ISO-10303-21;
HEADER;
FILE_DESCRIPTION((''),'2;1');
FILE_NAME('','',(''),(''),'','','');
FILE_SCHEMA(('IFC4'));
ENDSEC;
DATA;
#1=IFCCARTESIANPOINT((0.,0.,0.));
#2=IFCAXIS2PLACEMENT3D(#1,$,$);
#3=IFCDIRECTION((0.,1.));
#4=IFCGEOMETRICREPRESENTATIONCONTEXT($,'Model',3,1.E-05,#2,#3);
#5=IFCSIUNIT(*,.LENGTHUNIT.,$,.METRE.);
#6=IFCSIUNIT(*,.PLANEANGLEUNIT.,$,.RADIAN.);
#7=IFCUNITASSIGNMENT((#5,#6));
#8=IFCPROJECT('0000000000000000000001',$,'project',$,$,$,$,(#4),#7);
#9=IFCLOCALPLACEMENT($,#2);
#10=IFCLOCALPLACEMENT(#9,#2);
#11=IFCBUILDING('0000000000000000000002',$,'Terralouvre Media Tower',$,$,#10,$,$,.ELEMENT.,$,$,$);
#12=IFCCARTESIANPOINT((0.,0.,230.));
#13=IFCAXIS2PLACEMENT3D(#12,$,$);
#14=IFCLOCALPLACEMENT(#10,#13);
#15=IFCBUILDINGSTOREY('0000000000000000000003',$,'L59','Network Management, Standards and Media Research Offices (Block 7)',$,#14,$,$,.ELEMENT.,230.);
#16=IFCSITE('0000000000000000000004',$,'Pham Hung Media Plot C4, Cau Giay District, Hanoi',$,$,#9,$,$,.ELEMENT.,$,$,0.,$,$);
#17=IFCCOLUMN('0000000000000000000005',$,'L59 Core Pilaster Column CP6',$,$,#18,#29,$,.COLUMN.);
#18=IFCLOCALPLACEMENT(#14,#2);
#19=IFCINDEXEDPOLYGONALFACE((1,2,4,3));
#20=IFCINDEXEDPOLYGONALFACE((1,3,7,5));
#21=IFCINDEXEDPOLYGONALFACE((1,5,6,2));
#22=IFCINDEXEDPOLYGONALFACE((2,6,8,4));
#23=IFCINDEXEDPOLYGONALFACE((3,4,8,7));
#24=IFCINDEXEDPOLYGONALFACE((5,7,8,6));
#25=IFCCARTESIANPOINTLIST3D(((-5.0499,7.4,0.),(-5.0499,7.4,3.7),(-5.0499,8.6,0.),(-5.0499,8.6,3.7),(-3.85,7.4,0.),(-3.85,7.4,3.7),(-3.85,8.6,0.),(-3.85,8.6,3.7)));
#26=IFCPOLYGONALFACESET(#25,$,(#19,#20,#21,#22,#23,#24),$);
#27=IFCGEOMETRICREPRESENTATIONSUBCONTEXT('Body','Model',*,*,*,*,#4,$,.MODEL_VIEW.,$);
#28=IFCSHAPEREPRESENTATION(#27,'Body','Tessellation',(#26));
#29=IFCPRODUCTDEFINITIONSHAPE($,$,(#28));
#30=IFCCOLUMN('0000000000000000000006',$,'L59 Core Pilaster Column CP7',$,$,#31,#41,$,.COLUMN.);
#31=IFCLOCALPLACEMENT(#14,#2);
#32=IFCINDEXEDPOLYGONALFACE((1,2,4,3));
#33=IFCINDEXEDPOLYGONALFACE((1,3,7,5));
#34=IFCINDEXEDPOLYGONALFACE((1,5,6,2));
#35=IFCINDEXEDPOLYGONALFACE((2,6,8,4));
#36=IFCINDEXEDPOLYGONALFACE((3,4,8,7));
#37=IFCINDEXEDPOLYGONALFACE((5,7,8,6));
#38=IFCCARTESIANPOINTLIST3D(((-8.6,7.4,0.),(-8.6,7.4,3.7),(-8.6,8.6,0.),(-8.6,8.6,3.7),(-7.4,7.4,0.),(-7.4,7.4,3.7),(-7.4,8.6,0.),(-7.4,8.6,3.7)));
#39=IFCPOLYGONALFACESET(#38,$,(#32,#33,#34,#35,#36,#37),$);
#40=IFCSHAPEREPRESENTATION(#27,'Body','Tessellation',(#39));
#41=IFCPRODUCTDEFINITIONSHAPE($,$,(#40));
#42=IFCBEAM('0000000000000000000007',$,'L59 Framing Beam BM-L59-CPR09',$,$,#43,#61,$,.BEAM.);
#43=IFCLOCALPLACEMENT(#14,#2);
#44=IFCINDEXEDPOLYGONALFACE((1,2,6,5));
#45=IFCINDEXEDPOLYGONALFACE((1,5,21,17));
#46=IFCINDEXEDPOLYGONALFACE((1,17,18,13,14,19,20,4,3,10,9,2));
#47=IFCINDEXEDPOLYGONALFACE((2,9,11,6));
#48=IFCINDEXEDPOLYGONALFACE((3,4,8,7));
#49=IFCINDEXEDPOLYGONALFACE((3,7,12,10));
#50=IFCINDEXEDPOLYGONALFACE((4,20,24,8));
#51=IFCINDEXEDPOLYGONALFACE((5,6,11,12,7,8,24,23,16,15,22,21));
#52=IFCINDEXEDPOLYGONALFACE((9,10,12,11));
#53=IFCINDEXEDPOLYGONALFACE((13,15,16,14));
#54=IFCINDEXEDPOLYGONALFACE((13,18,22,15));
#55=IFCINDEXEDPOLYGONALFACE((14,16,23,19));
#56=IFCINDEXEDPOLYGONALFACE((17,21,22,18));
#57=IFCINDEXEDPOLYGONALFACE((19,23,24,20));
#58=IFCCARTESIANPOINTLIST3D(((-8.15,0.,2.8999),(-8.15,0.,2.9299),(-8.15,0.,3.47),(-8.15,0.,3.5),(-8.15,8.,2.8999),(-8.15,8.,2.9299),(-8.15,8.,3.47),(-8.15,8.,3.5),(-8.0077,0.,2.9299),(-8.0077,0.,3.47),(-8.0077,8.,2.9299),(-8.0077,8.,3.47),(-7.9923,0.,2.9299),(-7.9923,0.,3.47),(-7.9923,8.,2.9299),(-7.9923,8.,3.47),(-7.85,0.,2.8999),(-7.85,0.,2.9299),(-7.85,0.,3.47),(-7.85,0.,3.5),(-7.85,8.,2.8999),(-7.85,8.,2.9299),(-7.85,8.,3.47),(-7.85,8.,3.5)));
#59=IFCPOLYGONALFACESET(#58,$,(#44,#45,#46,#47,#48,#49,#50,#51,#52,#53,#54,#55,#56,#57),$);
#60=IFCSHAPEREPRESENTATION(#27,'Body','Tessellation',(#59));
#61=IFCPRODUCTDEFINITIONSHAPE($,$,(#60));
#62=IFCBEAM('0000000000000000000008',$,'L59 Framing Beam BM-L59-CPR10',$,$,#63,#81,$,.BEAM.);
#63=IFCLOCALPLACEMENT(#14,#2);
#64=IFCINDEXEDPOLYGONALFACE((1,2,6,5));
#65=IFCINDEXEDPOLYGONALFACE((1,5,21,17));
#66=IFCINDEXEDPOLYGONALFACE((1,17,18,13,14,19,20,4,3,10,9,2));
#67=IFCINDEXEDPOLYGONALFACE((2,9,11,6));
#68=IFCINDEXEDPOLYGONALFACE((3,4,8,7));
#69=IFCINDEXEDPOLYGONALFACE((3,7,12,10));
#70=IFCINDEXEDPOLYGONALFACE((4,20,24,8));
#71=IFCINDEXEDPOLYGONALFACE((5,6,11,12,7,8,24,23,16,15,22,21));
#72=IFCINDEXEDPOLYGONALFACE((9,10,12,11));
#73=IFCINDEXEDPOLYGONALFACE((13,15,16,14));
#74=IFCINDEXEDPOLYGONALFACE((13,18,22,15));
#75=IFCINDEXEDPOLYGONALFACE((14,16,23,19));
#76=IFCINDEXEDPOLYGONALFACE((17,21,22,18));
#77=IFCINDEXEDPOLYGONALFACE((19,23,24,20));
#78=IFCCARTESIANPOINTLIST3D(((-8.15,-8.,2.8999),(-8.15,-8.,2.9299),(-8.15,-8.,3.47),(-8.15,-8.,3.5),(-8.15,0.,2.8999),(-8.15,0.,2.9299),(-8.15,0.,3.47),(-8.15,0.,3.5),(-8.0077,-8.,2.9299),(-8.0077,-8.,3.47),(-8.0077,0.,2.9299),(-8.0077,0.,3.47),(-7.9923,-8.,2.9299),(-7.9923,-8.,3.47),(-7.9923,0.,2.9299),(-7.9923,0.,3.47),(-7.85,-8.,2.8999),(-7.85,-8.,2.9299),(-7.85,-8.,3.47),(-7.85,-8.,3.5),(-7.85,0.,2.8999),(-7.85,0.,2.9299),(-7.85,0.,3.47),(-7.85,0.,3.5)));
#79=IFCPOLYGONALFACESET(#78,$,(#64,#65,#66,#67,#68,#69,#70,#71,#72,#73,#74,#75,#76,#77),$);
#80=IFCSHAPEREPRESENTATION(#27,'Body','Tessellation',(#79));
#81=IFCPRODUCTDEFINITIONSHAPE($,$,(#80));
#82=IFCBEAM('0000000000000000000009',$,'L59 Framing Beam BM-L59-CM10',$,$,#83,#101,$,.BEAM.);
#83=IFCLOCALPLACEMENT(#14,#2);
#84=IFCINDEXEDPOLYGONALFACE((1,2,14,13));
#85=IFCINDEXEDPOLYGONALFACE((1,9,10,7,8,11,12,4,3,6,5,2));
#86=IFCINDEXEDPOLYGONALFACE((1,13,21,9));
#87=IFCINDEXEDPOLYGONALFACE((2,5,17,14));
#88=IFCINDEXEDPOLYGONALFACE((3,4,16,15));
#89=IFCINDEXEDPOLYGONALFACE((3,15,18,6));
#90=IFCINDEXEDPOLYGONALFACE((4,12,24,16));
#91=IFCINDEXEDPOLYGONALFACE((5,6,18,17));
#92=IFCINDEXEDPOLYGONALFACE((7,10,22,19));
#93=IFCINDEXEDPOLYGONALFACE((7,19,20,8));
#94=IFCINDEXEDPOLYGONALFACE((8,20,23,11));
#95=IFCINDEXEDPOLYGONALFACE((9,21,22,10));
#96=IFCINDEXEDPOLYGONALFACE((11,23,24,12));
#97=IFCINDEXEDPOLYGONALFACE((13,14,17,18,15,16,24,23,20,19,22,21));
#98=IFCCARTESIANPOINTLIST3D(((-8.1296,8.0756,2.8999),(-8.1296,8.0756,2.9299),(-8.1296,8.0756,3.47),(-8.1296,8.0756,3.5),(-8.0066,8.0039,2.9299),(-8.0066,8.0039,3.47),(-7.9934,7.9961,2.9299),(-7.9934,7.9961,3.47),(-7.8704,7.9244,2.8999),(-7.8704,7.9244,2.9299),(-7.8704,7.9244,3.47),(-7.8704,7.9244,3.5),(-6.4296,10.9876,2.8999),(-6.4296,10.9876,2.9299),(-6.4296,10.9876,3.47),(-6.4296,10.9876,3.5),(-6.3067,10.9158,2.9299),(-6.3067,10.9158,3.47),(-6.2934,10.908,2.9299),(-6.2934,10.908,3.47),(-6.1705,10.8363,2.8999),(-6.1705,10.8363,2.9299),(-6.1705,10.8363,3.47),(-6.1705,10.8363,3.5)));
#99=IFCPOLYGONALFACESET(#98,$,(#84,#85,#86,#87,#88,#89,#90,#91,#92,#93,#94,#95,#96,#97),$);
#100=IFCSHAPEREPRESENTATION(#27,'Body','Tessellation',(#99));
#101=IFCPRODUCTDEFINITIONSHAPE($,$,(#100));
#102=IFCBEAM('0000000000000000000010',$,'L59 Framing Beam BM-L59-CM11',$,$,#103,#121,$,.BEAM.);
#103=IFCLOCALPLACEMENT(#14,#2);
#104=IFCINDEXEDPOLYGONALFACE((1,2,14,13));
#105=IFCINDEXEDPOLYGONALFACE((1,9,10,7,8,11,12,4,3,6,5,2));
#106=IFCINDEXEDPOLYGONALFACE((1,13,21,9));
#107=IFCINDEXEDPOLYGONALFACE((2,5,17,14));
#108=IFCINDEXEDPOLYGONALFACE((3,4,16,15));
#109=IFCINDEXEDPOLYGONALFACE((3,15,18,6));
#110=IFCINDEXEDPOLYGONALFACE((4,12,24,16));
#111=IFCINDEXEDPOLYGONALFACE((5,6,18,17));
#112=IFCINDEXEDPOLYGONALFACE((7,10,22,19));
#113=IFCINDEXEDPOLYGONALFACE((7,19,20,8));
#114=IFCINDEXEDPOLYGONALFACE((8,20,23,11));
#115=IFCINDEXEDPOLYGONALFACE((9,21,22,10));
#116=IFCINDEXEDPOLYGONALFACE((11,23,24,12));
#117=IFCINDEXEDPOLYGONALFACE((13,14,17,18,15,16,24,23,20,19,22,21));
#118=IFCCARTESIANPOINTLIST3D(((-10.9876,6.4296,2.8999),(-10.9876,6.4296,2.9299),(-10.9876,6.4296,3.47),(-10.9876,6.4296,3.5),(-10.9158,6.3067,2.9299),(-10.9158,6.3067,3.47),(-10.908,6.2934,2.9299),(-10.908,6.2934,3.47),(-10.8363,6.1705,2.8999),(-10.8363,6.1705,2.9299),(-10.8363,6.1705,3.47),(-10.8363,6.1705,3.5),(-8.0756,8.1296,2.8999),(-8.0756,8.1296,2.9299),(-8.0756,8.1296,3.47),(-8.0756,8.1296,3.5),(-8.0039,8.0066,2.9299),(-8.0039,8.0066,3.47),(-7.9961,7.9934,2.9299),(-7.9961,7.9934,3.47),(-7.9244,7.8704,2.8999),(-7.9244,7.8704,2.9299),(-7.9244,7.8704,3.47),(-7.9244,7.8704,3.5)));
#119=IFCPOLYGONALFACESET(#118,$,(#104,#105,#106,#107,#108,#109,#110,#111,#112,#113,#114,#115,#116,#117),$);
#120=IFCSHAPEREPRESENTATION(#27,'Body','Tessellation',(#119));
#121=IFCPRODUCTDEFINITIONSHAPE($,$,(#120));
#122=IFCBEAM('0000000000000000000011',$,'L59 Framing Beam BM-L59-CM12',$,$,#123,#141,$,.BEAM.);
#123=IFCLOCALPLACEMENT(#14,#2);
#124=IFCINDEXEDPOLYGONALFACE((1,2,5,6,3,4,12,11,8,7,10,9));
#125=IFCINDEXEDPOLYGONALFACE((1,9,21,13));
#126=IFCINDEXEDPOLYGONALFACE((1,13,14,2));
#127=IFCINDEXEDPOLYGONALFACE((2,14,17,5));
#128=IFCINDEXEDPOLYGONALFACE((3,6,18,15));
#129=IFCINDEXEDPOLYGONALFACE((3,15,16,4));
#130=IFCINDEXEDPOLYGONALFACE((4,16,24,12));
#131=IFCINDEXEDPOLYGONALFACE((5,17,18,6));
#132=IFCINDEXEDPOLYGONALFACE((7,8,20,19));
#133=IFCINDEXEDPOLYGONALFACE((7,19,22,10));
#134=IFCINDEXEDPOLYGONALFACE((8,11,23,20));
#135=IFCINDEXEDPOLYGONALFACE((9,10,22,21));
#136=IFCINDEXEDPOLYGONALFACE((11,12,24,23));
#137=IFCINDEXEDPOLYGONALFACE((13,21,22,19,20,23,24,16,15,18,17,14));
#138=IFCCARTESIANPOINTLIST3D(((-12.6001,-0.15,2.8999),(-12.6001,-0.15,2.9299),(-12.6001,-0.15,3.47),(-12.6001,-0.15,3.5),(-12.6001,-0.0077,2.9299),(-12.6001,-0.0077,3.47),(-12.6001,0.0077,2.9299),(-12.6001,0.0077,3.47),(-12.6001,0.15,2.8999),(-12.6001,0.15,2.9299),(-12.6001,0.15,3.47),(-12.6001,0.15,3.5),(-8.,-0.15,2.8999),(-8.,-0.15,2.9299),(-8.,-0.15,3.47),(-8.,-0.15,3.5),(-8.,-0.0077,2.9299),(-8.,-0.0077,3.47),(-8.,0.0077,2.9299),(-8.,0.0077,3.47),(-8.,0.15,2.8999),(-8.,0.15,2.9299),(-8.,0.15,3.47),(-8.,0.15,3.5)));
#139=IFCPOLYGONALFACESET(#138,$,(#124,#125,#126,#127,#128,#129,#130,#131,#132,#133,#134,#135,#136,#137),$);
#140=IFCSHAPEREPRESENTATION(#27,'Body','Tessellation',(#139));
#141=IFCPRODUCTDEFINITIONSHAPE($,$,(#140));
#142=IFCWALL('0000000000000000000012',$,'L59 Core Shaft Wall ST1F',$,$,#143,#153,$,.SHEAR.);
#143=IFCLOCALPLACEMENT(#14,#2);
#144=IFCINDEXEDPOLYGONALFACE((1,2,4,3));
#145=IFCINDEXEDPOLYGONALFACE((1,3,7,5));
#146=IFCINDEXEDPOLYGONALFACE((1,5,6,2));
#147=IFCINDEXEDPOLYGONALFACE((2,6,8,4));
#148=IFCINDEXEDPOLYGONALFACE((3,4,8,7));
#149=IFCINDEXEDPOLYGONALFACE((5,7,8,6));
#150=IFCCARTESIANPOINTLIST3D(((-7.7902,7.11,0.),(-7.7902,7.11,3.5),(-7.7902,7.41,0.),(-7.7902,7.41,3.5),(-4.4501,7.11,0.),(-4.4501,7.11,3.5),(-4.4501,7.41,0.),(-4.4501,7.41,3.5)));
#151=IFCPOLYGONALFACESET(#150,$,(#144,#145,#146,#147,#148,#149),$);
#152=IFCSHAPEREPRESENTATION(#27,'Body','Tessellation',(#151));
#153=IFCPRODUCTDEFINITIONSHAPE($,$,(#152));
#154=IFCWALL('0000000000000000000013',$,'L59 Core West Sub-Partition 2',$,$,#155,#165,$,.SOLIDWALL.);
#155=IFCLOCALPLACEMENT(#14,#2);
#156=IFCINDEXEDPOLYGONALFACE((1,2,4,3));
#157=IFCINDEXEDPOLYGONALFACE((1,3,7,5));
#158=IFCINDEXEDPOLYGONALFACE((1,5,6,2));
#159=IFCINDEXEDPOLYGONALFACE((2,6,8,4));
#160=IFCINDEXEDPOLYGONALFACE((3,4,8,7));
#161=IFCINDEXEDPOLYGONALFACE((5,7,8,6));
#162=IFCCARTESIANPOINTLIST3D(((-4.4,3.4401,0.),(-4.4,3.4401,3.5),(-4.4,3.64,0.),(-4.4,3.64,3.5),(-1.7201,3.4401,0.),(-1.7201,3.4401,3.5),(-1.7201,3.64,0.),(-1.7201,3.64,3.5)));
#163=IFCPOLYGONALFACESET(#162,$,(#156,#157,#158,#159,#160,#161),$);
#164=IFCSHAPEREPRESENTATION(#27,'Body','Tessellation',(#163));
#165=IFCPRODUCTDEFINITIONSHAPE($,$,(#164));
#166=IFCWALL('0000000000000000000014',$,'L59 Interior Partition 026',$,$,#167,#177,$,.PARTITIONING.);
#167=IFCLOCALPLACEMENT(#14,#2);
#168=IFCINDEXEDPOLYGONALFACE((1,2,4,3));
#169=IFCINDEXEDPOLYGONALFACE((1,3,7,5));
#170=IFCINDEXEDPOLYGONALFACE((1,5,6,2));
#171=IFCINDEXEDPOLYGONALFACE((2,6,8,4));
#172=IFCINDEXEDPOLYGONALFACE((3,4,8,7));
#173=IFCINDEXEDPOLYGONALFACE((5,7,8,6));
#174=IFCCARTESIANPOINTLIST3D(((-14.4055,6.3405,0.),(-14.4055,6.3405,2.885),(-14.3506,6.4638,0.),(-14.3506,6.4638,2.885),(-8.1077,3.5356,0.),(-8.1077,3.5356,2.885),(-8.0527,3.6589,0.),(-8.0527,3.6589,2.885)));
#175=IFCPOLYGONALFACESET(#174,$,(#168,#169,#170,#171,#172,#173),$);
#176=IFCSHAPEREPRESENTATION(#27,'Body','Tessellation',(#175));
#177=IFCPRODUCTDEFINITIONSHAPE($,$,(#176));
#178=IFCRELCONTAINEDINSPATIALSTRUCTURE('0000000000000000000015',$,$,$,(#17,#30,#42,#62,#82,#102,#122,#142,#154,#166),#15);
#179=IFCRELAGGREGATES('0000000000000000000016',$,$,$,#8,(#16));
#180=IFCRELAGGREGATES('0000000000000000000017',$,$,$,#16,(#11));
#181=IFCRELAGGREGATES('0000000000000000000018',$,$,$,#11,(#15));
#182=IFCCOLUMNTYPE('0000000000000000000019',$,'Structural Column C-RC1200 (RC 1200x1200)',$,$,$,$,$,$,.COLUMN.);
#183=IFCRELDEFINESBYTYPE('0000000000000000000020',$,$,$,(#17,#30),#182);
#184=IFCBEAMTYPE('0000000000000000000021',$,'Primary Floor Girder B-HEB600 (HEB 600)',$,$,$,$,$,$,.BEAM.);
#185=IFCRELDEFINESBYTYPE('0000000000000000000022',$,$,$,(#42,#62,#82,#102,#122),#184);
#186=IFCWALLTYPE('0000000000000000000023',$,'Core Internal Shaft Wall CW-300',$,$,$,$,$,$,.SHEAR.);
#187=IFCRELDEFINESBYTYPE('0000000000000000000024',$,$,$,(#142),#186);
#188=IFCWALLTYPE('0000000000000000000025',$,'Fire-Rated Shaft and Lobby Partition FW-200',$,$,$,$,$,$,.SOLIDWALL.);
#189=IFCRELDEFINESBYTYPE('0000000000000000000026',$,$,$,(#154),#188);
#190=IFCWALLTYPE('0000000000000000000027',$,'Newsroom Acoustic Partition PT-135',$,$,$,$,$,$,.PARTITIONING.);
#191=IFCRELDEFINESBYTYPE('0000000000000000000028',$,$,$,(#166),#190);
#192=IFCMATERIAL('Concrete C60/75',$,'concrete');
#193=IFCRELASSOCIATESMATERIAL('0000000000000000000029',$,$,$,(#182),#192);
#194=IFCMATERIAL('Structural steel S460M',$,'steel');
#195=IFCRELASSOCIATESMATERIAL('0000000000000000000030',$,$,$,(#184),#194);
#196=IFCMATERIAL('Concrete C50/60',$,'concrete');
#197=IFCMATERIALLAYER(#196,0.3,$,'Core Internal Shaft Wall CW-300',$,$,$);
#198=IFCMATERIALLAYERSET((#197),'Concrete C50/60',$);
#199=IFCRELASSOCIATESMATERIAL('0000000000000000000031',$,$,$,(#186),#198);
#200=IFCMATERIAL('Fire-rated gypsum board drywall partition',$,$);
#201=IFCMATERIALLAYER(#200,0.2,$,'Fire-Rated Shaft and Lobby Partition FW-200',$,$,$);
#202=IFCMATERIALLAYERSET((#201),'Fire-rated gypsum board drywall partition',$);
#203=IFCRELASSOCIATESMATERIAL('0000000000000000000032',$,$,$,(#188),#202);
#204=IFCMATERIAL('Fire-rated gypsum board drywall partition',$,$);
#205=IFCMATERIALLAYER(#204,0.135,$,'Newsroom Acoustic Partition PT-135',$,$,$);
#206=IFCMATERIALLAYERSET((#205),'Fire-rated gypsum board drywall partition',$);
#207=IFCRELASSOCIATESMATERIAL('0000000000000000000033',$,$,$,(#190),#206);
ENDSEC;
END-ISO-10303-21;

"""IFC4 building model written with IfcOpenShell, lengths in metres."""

from ifc_helpers import new_model, si_unit, direction, frame, frame_2d, origin, origin_2d, place, context, subcontext, project, spatial, rectangle, i_section, extrude, material, layer, layer_set, material_profile, profile_set, type_object, element, save


model = new_model("IFC4")

# Units and contexts
model_context = context("Model", 3, precision=1e-05, world=origin(), true_north=direction((0.0, 1.0)))
body_context = subcontext(model_context, "Body", "Model", "MODEL_VIEW")
ifc_project = project(units=[si_unit("LENGTHUNIT", "METRE"), si_unit("PLANEANGLEUNIT", "RADIAN")], contexts=[model_context])

# Site, building, storey
site_placement = place(None, origin())
site = spatial("IfcSite", under=ifc_project, at=site_placement, Name="Pham Hung Media Plot C4, Cau Giay District, Hanoi", CompositionType="ELEMENT", RefElevation=0.0)
building_placement = place(site_placement, origin())
building = spatial("IfcBuilding", under=site, at=building_placement, Name="Terralouvre Media Tower", CompositionType="ELEMENT")
storey_placement = place(building_placement, frame((0.0, 0.0, 230.0)))
storey = spatial("IfcBuildingStorey", under=building, at=storey_placement, Name="L59", Description="Network Management, Standards and Media Research Offices (Block 7)", CompositionType="ELEMENT", Elevation=230.0)

# Columns
ifc_material_1 = material(Name="Concrete C60/75", Category="concrete")
ifc_material_profile_1 = material_profile(ifc_material_1, rectangle(XDim=1.2, YDim=1.2, at=origin_2d()), Name="RC 1200x1200")
ifc_profile_set_1 = profile_set([ifc_material_profile_1], Name="Concrete C60/75")
column_type = type_object("IfcColumnType", Name="Structural Column C-RC1200 (RC 1200x1200)", PredefinedType="COLUMN", material=ifc_profile_set_1)
for number, where, z_axis, x_axis, name in (
    (1, (-4.45, 8.0, 0.0), (0.0, 0.0, 1.0), (1.0, 0.0, 0.0), "L59 Core Pilaster Column CP6"),
    (2, (-8.0, 8.0, 0.0), (0.0, 0.0, 1.0), (1.0, 0.0, 0.0), "L59 Core Pilaster Column CP7"),
):
    element("IfcColumn", number, at=place(storey_placement, frame(where, z_axis=z_axis, x_axis=x_axis)), inside=storey, type_object=column_type, Name=name, PredefinedType="COLUMN", context=body_context, shape_type="SweptSolid", body=[
        extrude(rectangle(XDim=1.2, YDim=1.2, at=origin_2d()), origin(), (0.0, 0.0, 1.0), 3.7),
    ])

# Beams
ifc_material_2 = material(Name="Structural steel S460M", Category="steel")
ifc_material_profile_2 = material_profile(ifc_material_2, i_section(OverallWidth=0.3, OverallDepth=0.6001, WebThickness=0.0154, FlangeThickness=0.03, at=origin_2d()), Name="HEB 600")
ifc_profile_set_2 = profile_set([ifc_material_profile_2], Name="Structural steel S460M")
beam_type = type_object("IfcBeamType", Name="Primary Floor Girder B-HEB600 (HEB 600)", PredefinedType="BEAM", material=ifc_profile_set_2)
for number, where, z_axis, x_axis, name in (
    (3, (-8.0, 8.0, 3.2), (0.0, -1.0, 0.0), (1.0, 0.0, 0.0), "L59 Framing Beam BM-L59-CPR09"),
    (4, (-8.0, 0.0, 3.2), (0.0, -1.0, 0.0), (1.0, 0.0, 0.0), "L59 Framing Beam BM-L59-CPR10"),
):
    element("IfcBeam", number, at=place(storey_placement, frame(where, z_axis=z_axis, x_axis=x_axis)), inside=storey, type_object=beam_type, Name=name, PredefinedType="BEAM", context=body_context, shape_type="SweptSolid", body=[
        extrude(i_section(OverallWidth=0.3, OverallDepth=0.6001, WebThickness=0.0154, FlangeThickness=0.03, at=origin_2d()), origin(), (0.0, 0.0, 1.0), 8.0),
    ])
for number, where, z_axis, x_axis, name in (
    (5, (-8.0, 8.0, 3.2), (0.504173, 0.863603, 0.0), (-0.863603, 0.504173, 0.0), "L59 Framing Beam BM-L59-CM10"),
    (6, (-8.0, 8.0, 3.2), (-0.863603, -0.504173, 0.0), (0.504173, -0.863603, 0.0), "L59 Framing Beam BM-L59-CM11"),
):
    element("IfcBeam", number, at=place(storey_placement, frame(where, z_axis=z_axis, x_axis=x_axis)), inside=storey, type_object=beam_type, Name=name, PredefinedType="BEAM", context=body_context, shape_type="SweptSolid", body=[
        extrude(i_section(OverallWidth=0.3, OverallDepth=0.6001, WebThickness=0.0154, FlangeThickness=0.03, at=origin_2d()), origin(), (0.0, 0.0, 1.0), 3.3718),
    ])
beam_placement = place(storey_placement, frame((-8.0, 0.0, 3.2), z_axis=(-1.0, 0.0, 0.0), x_axis=(0.0, -1.0, 0.0)))
element("IfcBeam", 7, at=beam_placement, inside=storey, type_object=beam_type, Name="L59 Framing Beam BM-L59-CM12", PredefinedType="BEAM", context=body_context, shape_type="SweptSolid", body=[
    extrude(i_section(OverallWidth=0.3, OverallDepth=0.6001, WebThickness=0.0154, FlangeThickness=0.03, at=origin_2d()), origin(), (0.0, 0.0, 1.0), 4.6001),
])

# Shared definitions
ifc_material_3 = material(Name="Concrete C50/60", Category="concrete")
ifc_layer_1 = layer(ifc_material_3, 0.3, Name="Core Internal Shaft Wall CW-300")
ifc_layer_set_1 = layer_set([ifc_layer_1], Name="Concrete C50/60")
wall_type_1 = type_object("IfcWallType", Name="Core Internal Shaft Wall CW-300", PredefinedType="SHEAR", material=ifc_layer_set_1)

# Wall
wall_1_placement = place(storey_placement, frame((-7.79, 7.26, 0.0), z_axis=(0.0, 0.0, 1.0), x_axis=(1.0, 0.0, 0.0)))
element("IfcWall", 8, at=wall_1_placement, inside=storey, type_object=wall_type_1, Name="L59 Core Shaft Wall ST1F", PredefinedType="SHEAR", context=body_context, shape_type="SweptSolid", body=[
    extrude(rectangle(XDim=3.3401, YDim=0.3, at=frame_2d((1.6699, 0.0))), origin(), (0.0, 0.0, 1.0), 3.5),
])

# Walls
ifc_material_4 = material(Name="Fire-rated gypsum board drywall partition")
ifc_layer_2 = layer(ifc_material_4, 0.2, Name="Fire-Rated Shaft and Lobby Partition FW-200")
ifc_layer_set_2 = layer_set([ifc_layer_2], Name="Fire-rated gypsum board drywall partition")
wall_type_2 = type_object("IfcWallType", Name="Fire-Rated Shaft and Lobby Partition FW-200", PredefinedType="SOLIDWALL", material=ifc_layer_set_2)
wall_2_placement = place(storey_placement, frame((-4.3999, 3.54, 0.0), z_axis=(0.0, 0.0, 1.0), x_axis=(1.0, 0.0, 0.0)))
element("IfcWall", 9, at=wall_2_placement, inside=storey, type_object=wall_type_2, Name="L59 Core West Sub-Partition 2", PredefinedType="SOLIDWALL", context=body_context, shape_type="SweptSolid", body=[
    extrude(rectangle(XDim=2.6799, YDim=0.2, at=frame_2d((1.3398, 0.0))), origin(), (0.0, 0.0, 1.0), 3.5),
])
ifc_material_5 = material(Name="Fire-rated gypsum board drywall partition")
ifc_layer_3 = layer(ifc_material_5, 0.135, Name="Newsroom Acoustic Partition PT-135")
ifc_layer_set_3 = layer_set([ifc_layer_3], Name="Fire-rated gypsum board drywall partition")
wall_type_3 = type_object("IfcWallType", Name="Newsroom Acoustic Partition PT-135", PredefinedType="PARTITIONING", material=ifc_layer_set_3)
wall_3_placement = place(storey_placement, frame((-8.0801, 3.5972, 0.0), z_axis=(0.0, 0.0, 1.0), x_axis=(-0.913494, 0.406851, 0.0)))
element("IfcWall", 10, at=wall_3_placement, inside=storey, type_object=wall_type_3, Name="L59 Interior Partition 026", PredefinedType="PARTITIONING", context=body_context, shape_type="SweptSolid", body=[
    extrude(rectangle(XDim=6.8943, YDim=0.135, at=frame_2d((3.4473, 0.0))), origin(), (0.0, 0.0, 1.0), 2.885),
])

save(model, "model.ifc")
